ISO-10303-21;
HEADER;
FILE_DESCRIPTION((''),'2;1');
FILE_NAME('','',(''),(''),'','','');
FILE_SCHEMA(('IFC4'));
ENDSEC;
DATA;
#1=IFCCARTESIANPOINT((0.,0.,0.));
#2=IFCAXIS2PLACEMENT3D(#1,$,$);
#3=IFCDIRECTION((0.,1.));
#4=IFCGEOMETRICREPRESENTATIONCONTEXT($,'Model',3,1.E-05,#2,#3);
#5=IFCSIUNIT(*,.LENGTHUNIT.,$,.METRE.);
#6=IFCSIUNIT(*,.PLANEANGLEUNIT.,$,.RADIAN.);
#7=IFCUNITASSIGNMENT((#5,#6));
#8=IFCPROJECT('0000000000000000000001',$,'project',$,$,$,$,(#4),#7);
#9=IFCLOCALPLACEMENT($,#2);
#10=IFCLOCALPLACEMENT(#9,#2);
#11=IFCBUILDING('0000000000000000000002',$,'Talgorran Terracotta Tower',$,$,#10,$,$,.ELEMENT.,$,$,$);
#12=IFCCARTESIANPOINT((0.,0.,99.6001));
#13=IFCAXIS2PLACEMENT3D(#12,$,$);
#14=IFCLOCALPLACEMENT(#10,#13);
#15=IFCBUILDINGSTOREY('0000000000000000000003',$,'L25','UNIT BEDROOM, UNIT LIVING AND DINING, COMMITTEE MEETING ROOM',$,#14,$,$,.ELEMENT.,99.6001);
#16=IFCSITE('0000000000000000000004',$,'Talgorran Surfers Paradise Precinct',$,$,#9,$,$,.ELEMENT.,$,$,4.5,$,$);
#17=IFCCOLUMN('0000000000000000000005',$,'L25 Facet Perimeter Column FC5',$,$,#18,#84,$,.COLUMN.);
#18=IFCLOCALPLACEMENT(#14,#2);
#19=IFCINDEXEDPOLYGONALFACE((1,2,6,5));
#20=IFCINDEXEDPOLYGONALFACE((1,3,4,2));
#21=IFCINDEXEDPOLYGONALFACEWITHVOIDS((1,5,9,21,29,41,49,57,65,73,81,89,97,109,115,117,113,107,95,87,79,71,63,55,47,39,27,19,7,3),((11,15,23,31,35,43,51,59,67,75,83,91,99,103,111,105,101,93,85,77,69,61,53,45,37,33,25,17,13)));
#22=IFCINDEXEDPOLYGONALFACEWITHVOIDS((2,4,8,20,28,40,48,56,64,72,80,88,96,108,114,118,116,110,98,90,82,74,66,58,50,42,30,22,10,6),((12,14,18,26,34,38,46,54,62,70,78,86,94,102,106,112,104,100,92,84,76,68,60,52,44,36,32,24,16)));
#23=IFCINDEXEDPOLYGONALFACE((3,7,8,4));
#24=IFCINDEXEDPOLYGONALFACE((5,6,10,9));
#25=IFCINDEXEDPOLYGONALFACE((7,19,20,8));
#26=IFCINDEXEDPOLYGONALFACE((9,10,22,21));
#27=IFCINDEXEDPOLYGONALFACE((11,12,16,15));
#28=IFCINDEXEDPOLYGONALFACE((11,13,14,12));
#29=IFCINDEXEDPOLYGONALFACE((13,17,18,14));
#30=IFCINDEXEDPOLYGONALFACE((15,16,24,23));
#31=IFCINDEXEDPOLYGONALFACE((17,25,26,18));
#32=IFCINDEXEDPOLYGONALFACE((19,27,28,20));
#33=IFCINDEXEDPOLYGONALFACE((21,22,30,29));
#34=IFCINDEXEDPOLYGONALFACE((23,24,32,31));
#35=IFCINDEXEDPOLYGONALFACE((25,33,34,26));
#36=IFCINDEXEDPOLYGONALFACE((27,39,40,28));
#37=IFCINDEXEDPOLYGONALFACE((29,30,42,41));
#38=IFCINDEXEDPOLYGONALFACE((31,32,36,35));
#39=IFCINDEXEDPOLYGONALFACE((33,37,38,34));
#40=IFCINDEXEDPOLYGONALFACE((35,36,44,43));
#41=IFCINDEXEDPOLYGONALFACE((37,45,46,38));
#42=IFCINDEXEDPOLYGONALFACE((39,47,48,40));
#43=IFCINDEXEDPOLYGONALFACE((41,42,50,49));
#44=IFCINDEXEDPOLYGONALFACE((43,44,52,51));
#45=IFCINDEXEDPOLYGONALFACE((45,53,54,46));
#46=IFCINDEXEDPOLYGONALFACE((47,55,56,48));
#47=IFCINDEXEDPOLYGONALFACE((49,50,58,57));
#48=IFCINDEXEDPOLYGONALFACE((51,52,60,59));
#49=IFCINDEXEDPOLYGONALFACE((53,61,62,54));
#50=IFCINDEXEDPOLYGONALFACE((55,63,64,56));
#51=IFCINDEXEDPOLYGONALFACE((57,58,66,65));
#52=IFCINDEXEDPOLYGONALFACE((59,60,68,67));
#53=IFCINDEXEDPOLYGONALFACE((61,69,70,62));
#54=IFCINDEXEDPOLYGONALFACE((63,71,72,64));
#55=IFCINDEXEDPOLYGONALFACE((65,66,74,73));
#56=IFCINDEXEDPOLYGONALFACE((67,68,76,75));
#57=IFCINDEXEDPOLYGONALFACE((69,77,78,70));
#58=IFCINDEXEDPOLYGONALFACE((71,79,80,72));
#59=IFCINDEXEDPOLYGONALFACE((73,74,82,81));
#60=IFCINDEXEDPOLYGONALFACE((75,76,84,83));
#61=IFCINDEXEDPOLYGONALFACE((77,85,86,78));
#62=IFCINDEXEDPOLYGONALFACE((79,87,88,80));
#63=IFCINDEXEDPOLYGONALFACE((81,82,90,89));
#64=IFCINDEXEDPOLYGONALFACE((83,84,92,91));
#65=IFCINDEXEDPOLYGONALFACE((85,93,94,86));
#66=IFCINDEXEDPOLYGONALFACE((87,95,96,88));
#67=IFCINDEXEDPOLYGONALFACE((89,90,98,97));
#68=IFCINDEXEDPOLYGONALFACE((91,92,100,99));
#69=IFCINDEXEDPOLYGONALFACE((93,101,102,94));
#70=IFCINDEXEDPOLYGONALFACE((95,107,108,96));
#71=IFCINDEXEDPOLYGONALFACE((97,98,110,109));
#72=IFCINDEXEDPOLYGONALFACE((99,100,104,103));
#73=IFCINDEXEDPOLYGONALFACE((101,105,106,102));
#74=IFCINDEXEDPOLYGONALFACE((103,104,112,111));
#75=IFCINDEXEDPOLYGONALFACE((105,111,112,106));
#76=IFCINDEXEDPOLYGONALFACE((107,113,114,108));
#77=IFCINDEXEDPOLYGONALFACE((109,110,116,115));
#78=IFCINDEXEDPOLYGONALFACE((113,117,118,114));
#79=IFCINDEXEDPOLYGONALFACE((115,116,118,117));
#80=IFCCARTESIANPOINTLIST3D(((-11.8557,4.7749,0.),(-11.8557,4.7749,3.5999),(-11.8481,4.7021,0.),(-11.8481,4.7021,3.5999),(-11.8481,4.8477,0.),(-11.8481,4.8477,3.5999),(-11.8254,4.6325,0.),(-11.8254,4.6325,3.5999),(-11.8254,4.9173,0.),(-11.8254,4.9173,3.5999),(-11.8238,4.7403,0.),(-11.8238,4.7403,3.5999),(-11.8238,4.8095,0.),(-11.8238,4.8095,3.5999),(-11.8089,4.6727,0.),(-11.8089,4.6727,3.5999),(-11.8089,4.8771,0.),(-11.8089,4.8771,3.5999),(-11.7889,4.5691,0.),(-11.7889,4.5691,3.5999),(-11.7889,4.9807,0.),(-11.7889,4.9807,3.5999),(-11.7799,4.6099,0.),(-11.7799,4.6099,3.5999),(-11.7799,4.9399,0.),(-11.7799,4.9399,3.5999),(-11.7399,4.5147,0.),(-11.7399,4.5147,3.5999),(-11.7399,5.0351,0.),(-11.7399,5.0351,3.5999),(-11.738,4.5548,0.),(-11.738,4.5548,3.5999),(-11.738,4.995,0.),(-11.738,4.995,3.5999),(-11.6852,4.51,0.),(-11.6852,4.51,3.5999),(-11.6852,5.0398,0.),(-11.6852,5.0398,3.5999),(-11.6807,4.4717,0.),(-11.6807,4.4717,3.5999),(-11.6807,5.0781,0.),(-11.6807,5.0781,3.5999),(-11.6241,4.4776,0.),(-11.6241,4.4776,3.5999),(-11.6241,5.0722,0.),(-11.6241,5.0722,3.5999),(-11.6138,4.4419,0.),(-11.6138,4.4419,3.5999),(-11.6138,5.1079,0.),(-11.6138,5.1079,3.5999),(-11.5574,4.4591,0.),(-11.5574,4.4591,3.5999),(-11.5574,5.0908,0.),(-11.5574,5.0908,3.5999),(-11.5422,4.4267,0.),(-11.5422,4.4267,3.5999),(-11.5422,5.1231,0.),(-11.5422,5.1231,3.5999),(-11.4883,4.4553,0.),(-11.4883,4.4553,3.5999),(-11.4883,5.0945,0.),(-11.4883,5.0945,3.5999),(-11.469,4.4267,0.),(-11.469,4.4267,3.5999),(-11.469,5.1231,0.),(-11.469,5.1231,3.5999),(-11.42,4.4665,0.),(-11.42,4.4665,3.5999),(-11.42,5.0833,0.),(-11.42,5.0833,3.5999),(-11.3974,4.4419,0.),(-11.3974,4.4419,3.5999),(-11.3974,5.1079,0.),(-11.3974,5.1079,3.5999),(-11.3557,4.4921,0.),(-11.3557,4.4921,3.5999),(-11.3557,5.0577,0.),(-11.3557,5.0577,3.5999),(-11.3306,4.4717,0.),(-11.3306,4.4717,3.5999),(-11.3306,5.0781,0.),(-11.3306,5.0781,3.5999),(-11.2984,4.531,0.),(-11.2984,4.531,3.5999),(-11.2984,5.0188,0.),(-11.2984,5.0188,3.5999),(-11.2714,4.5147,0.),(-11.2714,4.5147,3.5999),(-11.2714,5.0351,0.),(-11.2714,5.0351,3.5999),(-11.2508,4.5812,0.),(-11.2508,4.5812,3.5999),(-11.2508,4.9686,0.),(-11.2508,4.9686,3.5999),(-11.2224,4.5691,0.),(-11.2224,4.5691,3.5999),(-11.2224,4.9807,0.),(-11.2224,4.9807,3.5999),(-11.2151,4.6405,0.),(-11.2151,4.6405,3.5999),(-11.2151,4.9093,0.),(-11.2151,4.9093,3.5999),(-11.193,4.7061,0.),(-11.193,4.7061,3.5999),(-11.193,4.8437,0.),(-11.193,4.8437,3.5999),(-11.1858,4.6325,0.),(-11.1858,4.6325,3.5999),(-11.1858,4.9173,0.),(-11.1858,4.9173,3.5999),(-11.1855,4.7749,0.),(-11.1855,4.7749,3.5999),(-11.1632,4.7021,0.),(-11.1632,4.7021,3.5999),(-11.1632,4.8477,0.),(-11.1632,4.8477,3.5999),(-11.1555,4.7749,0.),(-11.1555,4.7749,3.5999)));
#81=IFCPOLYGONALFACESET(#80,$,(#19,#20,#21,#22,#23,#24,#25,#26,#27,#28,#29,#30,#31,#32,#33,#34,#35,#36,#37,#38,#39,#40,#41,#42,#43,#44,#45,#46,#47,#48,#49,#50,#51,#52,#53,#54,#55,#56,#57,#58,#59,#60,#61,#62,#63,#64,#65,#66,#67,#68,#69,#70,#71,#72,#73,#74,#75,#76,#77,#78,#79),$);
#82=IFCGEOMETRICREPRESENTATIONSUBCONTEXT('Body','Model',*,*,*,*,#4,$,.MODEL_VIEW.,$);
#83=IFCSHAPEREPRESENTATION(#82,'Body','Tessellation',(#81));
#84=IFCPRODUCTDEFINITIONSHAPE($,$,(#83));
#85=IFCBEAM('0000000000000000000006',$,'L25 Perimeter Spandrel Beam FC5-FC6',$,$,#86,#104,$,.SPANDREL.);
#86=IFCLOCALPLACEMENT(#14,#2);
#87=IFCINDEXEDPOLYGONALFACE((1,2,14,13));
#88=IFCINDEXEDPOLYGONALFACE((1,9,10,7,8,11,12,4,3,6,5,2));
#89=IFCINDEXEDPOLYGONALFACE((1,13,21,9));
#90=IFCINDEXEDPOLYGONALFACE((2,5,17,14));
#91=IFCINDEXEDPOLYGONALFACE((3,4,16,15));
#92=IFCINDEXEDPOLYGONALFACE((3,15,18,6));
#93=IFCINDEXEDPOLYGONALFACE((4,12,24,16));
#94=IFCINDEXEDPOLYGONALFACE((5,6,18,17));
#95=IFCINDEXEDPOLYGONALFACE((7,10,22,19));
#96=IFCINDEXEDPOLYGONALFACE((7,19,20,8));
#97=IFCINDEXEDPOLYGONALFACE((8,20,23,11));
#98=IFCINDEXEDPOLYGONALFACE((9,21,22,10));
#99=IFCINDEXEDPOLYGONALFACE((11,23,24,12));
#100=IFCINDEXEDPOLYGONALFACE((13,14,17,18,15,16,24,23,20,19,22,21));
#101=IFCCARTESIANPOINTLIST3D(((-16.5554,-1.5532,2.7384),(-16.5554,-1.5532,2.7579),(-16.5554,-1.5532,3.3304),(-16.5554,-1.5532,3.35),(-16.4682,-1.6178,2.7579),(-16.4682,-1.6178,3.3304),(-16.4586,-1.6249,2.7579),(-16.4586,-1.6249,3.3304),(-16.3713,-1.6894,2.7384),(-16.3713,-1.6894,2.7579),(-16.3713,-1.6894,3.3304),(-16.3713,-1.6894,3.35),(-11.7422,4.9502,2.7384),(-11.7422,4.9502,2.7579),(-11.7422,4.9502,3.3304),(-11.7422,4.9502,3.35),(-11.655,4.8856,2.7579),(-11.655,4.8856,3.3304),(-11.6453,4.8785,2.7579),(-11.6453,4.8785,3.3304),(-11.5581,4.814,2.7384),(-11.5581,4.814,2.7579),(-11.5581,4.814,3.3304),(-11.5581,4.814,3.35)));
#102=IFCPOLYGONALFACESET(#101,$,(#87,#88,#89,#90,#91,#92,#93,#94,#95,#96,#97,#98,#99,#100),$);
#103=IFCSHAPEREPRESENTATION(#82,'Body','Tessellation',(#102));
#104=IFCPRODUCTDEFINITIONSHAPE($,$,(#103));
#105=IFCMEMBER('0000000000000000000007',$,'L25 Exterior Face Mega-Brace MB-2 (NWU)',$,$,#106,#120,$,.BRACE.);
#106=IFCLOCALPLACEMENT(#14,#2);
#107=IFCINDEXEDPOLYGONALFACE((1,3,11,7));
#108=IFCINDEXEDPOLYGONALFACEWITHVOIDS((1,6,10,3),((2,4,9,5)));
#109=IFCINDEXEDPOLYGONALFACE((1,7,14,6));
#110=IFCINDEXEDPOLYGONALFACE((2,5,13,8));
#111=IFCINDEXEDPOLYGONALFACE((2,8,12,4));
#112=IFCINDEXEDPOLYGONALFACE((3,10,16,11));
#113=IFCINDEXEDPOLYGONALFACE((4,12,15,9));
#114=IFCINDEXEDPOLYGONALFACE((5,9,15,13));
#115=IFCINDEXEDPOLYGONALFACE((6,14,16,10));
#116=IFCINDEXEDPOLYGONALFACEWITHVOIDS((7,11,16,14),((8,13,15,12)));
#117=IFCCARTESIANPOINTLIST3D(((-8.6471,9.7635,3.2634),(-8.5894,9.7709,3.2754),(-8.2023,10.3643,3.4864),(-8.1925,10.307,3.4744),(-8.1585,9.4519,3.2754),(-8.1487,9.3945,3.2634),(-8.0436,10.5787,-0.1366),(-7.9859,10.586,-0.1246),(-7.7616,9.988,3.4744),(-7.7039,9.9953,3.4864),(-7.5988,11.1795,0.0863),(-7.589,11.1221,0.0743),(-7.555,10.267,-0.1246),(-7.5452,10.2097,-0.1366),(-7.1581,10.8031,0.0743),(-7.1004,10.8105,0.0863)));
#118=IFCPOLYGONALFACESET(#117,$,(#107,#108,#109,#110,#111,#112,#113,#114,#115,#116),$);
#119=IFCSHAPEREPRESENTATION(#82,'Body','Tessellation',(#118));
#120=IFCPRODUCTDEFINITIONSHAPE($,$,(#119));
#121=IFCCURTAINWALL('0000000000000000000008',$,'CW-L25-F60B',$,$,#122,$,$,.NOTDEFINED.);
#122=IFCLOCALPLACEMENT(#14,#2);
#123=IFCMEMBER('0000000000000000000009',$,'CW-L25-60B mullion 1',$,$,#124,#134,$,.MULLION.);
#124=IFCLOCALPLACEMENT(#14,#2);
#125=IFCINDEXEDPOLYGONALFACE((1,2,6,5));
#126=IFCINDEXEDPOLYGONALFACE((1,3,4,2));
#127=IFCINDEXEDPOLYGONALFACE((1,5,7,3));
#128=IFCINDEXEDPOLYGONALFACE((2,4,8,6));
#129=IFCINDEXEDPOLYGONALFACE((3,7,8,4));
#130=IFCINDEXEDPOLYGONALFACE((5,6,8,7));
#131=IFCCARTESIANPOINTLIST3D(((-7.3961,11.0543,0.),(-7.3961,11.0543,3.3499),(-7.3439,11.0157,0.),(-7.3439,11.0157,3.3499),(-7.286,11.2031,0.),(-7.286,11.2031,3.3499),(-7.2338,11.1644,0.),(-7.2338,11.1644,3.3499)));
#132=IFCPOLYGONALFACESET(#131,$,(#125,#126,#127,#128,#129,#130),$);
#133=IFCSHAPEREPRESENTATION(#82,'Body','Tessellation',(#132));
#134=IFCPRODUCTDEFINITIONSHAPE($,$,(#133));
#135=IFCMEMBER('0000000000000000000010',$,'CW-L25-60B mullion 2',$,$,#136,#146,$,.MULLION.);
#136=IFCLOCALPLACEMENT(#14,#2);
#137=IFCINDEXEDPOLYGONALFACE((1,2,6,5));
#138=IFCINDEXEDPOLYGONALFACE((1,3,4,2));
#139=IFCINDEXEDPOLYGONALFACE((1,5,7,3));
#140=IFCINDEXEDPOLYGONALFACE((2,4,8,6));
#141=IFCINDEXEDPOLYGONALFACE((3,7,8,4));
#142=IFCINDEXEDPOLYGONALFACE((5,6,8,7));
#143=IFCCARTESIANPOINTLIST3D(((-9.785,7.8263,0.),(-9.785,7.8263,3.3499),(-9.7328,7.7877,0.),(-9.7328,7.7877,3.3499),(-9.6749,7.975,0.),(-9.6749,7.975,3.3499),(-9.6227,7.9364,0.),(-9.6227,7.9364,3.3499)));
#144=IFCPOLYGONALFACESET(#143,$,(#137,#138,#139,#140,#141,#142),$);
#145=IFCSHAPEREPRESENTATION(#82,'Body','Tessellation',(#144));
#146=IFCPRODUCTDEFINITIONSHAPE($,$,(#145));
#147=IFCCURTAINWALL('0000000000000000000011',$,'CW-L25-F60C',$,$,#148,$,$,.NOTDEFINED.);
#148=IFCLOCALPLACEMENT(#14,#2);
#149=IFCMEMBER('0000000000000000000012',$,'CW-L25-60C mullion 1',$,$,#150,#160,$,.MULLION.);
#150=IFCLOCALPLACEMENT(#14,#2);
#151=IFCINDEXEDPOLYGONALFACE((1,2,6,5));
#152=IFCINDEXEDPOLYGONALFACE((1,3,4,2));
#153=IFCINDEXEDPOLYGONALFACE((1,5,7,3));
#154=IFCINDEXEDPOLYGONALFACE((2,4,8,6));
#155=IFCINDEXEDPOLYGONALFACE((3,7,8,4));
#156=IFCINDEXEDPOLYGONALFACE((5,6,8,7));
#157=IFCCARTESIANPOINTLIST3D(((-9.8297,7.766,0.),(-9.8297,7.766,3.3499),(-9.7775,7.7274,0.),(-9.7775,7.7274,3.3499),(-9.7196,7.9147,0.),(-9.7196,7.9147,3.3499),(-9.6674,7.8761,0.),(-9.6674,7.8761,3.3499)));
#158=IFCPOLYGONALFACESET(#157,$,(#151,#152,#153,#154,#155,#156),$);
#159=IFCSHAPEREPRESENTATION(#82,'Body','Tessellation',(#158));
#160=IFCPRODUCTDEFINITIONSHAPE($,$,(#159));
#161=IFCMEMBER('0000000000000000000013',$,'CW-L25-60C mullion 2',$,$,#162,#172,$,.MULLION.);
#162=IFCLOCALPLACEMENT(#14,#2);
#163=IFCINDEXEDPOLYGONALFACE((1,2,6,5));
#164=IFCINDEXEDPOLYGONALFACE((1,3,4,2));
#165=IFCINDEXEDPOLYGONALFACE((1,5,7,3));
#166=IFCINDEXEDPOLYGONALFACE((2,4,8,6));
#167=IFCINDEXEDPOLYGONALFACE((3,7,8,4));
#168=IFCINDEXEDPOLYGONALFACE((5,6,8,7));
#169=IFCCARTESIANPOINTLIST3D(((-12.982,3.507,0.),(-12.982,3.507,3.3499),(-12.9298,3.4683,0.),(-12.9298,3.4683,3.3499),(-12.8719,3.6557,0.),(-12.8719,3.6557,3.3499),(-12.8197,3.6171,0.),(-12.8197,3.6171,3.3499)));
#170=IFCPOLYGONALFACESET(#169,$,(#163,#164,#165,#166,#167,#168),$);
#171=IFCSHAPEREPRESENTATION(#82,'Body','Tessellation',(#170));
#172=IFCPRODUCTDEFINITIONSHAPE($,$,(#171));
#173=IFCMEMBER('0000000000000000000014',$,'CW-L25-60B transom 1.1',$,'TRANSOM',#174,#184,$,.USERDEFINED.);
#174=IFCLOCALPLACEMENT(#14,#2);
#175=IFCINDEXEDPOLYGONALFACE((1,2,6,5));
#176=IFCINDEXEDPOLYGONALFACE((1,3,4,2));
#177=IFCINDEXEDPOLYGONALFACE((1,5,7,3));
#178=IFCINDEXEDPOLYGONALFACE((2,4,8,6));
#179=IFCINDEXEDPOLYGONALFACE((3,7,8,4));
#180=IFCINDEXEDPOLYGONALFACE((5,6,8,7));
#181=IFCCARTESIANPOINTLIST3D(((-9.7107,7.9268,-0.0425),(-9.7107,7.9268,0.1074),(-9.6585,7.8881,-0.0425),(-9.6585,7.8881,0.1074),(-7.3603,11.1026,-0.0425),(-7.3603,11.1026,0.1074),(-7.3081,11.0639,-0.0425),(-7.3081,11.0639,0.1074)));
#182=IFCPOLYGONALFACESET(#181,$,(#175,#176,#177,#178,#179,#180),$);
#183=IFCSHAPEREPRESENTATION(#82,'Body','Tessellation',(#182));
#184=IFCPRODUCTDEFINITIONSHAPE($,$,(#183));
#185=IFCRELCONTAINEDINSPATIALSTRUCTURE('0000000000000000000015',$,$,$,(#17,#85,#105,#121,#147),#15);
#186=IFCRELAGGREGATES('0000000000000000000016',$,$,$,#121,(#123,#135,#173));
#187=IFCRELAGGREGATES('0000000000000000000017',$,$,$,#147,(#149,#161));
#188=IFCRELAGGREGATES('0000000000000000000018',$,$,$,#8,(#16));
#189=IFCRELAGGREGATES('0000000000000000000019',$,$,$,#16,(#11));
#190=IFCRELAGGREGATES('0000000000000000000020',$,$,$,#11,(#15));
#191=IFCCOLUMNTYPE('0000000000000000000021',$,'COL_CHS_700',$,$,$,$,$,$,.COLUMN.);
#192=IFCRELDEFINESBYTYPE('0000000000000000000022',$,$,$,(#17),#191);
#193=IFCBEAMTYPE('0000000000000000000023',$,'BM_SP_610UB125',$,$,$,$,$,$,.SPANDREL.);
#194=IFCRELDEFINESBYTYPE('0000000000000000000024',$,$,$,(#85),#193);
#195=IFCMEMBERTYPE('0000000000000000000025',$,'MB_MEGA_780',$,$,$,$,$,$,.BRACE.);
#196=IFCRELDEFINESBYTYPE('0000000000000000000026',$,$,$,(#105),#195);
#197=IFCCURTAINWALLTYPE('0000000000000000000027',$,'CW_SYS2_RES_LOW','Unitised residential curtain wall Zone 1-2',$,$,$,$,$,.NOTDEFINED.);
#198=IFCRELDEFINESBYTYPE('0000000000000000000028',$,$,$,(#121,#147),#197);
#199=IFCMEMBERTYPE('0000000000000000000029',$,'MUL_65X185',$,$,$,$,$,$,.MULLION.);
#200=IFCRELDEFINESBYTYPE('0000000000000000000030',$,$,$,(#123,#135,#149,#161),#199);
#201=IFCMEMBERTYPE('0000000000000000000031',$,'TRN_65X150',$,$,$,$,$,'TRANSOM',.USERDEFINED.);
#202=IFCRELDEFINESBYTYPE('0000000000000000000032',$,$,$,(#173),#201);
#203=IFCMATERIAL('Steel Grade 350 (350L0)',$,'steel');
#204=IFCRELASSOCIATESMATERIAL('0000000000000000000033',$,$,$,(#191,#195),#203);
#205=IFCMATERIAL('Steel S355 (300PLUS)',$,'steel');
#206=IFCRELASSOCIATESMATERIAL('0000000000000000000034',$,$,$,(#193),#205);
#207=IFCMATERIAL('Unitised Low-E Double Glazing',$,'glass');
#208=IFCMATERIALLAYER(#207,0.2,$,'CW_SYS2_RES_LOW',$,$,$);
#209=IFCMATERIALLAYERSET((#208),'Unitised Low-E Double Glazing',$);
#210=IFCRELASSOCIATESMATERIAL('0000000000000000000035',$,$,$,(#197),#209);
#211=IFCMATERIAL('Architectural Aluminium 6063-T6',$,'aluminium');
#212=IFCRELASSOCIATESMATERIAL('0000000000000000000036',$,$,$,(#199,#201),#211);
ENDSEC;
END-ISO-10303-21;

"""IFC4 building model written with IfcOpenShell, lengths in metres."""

from ifc_helpers import new_model, si_unit, direction, frame, origin, origin_2d, place, context, subcontext, project, spatial, rectangle, hollow_rectangle, hollow_circle, i_section, extrude, material, layer, layer_set, material_profile, profile_set, type_object, element, aggregate, save


model = new_model("IFC4")

# Units and contexts
model_context = context("Model", 3, precision=1e-05, world=origin(), true_north=direction((0.0, 1.0)))
body_context = subcontext(model_context, "Body", "Model", "MODEL_VIEW")
ifc_project = project(units=[si_unit("LENGTHUNIT", "METRE"), si_unit("PLANEANGLEUNIT", "RADIAN")], contexts=[model_context])

# Site, building, storey
site_placement = place(None, origin())
site = spatial("IfcSite", under=ifc_project, at=site_placement, Name="Talgorran Surfers Paradise Precinct", CompositionType="ELEMENT", RefElevation=4.5)
building_placement = place(site_placement, origin())
building = spatial("IfcBuilding", under=site, at=building_placement, Name="Talgorran Terracotta Tower", CompositionType="ELEMENT")
storey_placement = place(building_placement, frame((0.0, 0.0, 99.6001)))
storey = spatial("IfcBuildingStorey", under=building, at=storey_placement, Name="L25", Description="UNIT BEDROOM, UNIT LIVING AND DINING, COMMITTEE MEETING ROOM", CompositionType="ELEMENT", Elevation=99.6001)

# Column
ifc_material_1 = material(Name="Steel Grade 350 (350L0)", Category="steel")
ifc_material_profile_1 = material_profile(ifc_material_1, hollow_circle(Radius=0.3501, WallThickness=0.03, at=origin_2d()), Name="CHS700X30")
ifc_profile_set_1 = profile_set([ifc_material_profile_1], Name="Steel Grade 350 (350L0)")
column_type = type_object("IfcColumnType", Name="COL_CHS_700", PredefinedType="COLUMN", material=ifc_profile_set_1)
column_placement = place(storey_placement, frame((-11.5056, 4.7749, 0.0), z_axis=(0.0, 0.0, 1.0), x_axis=(1.0, 0.0, 0.0)))
element("IfcColumn", 1, at=column_placement, inside=storey, type_object=column_type, Name="L25 Facet Perimeter Column FC5", PredefinedType="COLUMN", context=body_context, shape_type="SweptSolid", body=[
    extrude(hollow_circle(Radius=0.3501, WallThickness=0.03, at=origin_2d()), origin(), (0.0, 0.0, 1.0), 3.5999),
])

# Beam
ifc_material_2 = material(Name="Steel S355 (300PLUS)", Category="steel")
ifc_material_profile_2 = material_profile(ifc_material_2, i_section(OverallWidth=0.229, OverallDepth=0.6116, WebThickness=0.012, FlangeThickness=0.0195, at=origin_2d()), Name="610UB125")
ifc_profile_set_2 = profile_set([ifc_material_profile_2], Name="Steel S355 (300PLUS)")
beam_type = type_object("IfcBeamType", Name="BM_SP_610UB125", PredefinedType="SPANDREL", material=ifc_profile_set_2)
beam_placement = place(storey_placement, frame((-11.6501, 4.8821, 3.0442), z_axis=(-0.594899, -0.8038, 0.0), x_axis=(0.8038, -0.594899, 0.0)))
element("IfcBeam", 2, at=beam_placement, inside=storey, type_object=beam_type, Name="L25 Perimeter Spandrel Beam FC5-FC6", PredefinedType="SPANDREL", context=body_context, shape_type="SweptSolid", body=[
    extrude(i_section(OverallWidth=0.229, OverallDepth=0.6116, WebThickness=0.012, FlangeThickness=0.0195, at=origin_2d()), origin(), (0.0, 0.0, 1.0), 8.0908),
])

# Member
ifc_material_profile_3 = material_profile(ifc_material_1, hollow_rectangle(XDim=0.6201, YDim=0.78, WallThickness=0.042, at=origin_2d()), Name="WBOX780X620X42")
ifc_profile_set_3 = profile_set([ifc_material_profile_3], Name="Steel Grade 350 (350L0)")
member_type_1 = type_object("IfcMemberType", Name="MB_MEGA_780", PredefinedType="BRACE", material=ifc_profile_set_3)
member_1_placement = place(storey_placement, frame((-7.572, 10.6946, -0.0251), z_axis=(-0.17009, -0.229746, 0.958272), x_axis=(0.803711, -0.59502, 0.0)))
element("IfcMember", 3, at=member_1_placement, inside=storey, type_object=member_type_1, Name="L25 Exterior Face Mega-Brace MB-2 (NWU)", PredefinedType="BRACE", context=body_context, shape_type="SweptSolid", body=[
    extrude(hollow_rectangle(XDim=0.6201, YDim=0.78, WallThickness=0.042, at=origin_2d()), origin(), (0.0, 0.0, 1.0), 3.5481),
])

# Curtain walls, members
ifc_material_3 = material(Name="Unitised Low-E Double Glazing", Category="glass")
ifc_layer_1 = layer(ifc_material_3, 0.2, Name="CW_SYS2_RES_LOW")
ifc_layer_set_1 = layer_set([ifc_layer_1], Name="Unitised Low-E Double Glazing")
curtain_wall_type = type_object("IfcCurtainWallType", Name="CW_SYS2_RES_LOW", Description="Unitised residential curtain wall Zone 1-2", PredefinedType="NOTDEFINED", material=ifc_layer_set_1)
curtain_wall_1_placement = place(storey_placement, origin())
curtain_wall_1 = element("IfcCurtainWall", 4, at=curtain_wall_1_placement, inside=storey, type_object=curtain_wall_type, Name="CW-L25-F60B", PredefinedType="NOTDEFINED")
ifc_material_4 = material(Name="Architectural Aluminium 6063-T6", Category="aluminium")
ifc_material_profile_4 = material_profile(ifc_material_4, rectangle(XDim=0.0649, YDim=0.1851, at=origin_2d()), Name="CWM65X185")
ifc_profile_set_4 = profile_set([ifc_material_profile_4], Name="Architectural Aluminium 6063-T6")
member_type_2 = type_object("IfcMemberType", Name="MUL_65X185", PredefinedType="MULLION", material=ifc_profile_set_4)
member_2_placement = place(storey_placement, frame((-7.3149, 11.1094, 0.0), z_axis=(0.0, 0.0, 1.0), x_axis=(0.803792, -0.59491, 0.0)))
member_2 = element("IfcMember", 5, at=member_2_placement, type_object=member_type_2, Name="CW-L25-60B mullion 1", PredefinedType="MULLION", context=body_context, shape_type="SweptSolid", body=[
    extrude(rectangle(XDim=0.0649, YDim=0.1851, at=origin_2d()), origin(), (0.0, 0.0, 1.0), 3.3499),
])
member_3_placement = place(storey_placement, frame((-9.7039, 7.8813, 0.0), z_axis=(0.0, 0.0, 1.0), x_axis=(0.803792, -0.59491, 0.0)))
member_3 = element("IfcMember", 6, at=member_3_placement, type_object=member_type_2, Name="CW-L25-60B mullion 2", PredefinedType="MULLION", context=body_context, shape_type="SweptSolid", body=[
    extrude(rectangle(XDim=0.0649, YDim=0.1851, at=origin_2d()), origin(), (0.0, 0.0, 1.0), 3.3499),
])
curtain_wall_2_placement = place(storey_placement, origin())
curtain_wall_2 = element("IfcCurtainWall", 7, at=curtain_wall_2_placement, inside=storey, type_object=curtain_wall_type, Name="CW-L25-F60C", PredefinedType="NOTDEFINED")
member_4_placement = place(storey_placement, frame((-9.7485, 7.821, 0.0), z_axis=(0.0, 0.0, 1.0), x_axis=(0.803792, -0.594911, 0.0)))
member_4 = element("IfcMember", 8, at=member_4_placement, type_object=member_type_2, Name="CW-L25-60C mullion 1", PredefinedType="MULLION", context=body_context, shape_type="SweptSolid", body=[
    extrude(rectangle(XDim=0.0649, YDim=0.1851, at=origin_2d()), origin(), (0.0, 0.0, 1.0), 3.3499),
])
member_5_placement = place(storey_placement, frame((-12.9009, 3.562, 0.0), z_axis=(0.0, 0.0, 1.0), x_axis=(0.803792, -0.594911, 0.0)))
member_5 = element("IfcMember", 9, at=member_5_placement, type_object=member_type_2, Name="CW-L25-60C mullion 2", PredefinedType="MULLION", context=body_context, shape_type="SweptSolid", body=[
    extrude(rectangle(XDim=0.0649, YDim=0.1851, at=origin_2d()), origin(), (0.0, 0.0, 1.0), 3.3499),
])

# Member
ifc_material_profile_5 = material_profile(ifc_material_4, rectangle(XDim=0.0649, YDim=0.1499, at=origin_2d()), Name="CWT65X150")
ifc_profile_set_5 = profile_set([ifc_material_profile_5], Name="Architectural Aluminium 6063-T6")
member_type_3 = type_object("IfcMemberType", Name="TRN_65X150", ElementType="TRANSOM", PredefinedType="USERDEFINED", material=ifc_profile_set_5)
member_6_placement = place(storey_placement, frame((-7.3342, 11.0833, 0.0325), z_axis=(-0.594886, -0.80381, 0.0), x_axis=(0.80381, -0.594886, 0.0)))
member_6 = element("IfcMember", 10, at=member_6_placement, type_object=member_type_3, Name="CW-L25-60B transom 1.1", ObjectType="TRANSOM", PredefinedType="USERDEFINED", context=body_context, shape_type="SweptSolid", body=[
    extrude(rectangle(XDim=0.0649, YDim=0.1499, at=origin_2d()), origin(), (0.0, 0.0, 1.0), 3.9509),
])

aggregate(curtain_wall_1, [member_2, member_3, member_6])
aggregate(curtain_wall_2, [member_4, member_5])

save(model, "model.ifc")
